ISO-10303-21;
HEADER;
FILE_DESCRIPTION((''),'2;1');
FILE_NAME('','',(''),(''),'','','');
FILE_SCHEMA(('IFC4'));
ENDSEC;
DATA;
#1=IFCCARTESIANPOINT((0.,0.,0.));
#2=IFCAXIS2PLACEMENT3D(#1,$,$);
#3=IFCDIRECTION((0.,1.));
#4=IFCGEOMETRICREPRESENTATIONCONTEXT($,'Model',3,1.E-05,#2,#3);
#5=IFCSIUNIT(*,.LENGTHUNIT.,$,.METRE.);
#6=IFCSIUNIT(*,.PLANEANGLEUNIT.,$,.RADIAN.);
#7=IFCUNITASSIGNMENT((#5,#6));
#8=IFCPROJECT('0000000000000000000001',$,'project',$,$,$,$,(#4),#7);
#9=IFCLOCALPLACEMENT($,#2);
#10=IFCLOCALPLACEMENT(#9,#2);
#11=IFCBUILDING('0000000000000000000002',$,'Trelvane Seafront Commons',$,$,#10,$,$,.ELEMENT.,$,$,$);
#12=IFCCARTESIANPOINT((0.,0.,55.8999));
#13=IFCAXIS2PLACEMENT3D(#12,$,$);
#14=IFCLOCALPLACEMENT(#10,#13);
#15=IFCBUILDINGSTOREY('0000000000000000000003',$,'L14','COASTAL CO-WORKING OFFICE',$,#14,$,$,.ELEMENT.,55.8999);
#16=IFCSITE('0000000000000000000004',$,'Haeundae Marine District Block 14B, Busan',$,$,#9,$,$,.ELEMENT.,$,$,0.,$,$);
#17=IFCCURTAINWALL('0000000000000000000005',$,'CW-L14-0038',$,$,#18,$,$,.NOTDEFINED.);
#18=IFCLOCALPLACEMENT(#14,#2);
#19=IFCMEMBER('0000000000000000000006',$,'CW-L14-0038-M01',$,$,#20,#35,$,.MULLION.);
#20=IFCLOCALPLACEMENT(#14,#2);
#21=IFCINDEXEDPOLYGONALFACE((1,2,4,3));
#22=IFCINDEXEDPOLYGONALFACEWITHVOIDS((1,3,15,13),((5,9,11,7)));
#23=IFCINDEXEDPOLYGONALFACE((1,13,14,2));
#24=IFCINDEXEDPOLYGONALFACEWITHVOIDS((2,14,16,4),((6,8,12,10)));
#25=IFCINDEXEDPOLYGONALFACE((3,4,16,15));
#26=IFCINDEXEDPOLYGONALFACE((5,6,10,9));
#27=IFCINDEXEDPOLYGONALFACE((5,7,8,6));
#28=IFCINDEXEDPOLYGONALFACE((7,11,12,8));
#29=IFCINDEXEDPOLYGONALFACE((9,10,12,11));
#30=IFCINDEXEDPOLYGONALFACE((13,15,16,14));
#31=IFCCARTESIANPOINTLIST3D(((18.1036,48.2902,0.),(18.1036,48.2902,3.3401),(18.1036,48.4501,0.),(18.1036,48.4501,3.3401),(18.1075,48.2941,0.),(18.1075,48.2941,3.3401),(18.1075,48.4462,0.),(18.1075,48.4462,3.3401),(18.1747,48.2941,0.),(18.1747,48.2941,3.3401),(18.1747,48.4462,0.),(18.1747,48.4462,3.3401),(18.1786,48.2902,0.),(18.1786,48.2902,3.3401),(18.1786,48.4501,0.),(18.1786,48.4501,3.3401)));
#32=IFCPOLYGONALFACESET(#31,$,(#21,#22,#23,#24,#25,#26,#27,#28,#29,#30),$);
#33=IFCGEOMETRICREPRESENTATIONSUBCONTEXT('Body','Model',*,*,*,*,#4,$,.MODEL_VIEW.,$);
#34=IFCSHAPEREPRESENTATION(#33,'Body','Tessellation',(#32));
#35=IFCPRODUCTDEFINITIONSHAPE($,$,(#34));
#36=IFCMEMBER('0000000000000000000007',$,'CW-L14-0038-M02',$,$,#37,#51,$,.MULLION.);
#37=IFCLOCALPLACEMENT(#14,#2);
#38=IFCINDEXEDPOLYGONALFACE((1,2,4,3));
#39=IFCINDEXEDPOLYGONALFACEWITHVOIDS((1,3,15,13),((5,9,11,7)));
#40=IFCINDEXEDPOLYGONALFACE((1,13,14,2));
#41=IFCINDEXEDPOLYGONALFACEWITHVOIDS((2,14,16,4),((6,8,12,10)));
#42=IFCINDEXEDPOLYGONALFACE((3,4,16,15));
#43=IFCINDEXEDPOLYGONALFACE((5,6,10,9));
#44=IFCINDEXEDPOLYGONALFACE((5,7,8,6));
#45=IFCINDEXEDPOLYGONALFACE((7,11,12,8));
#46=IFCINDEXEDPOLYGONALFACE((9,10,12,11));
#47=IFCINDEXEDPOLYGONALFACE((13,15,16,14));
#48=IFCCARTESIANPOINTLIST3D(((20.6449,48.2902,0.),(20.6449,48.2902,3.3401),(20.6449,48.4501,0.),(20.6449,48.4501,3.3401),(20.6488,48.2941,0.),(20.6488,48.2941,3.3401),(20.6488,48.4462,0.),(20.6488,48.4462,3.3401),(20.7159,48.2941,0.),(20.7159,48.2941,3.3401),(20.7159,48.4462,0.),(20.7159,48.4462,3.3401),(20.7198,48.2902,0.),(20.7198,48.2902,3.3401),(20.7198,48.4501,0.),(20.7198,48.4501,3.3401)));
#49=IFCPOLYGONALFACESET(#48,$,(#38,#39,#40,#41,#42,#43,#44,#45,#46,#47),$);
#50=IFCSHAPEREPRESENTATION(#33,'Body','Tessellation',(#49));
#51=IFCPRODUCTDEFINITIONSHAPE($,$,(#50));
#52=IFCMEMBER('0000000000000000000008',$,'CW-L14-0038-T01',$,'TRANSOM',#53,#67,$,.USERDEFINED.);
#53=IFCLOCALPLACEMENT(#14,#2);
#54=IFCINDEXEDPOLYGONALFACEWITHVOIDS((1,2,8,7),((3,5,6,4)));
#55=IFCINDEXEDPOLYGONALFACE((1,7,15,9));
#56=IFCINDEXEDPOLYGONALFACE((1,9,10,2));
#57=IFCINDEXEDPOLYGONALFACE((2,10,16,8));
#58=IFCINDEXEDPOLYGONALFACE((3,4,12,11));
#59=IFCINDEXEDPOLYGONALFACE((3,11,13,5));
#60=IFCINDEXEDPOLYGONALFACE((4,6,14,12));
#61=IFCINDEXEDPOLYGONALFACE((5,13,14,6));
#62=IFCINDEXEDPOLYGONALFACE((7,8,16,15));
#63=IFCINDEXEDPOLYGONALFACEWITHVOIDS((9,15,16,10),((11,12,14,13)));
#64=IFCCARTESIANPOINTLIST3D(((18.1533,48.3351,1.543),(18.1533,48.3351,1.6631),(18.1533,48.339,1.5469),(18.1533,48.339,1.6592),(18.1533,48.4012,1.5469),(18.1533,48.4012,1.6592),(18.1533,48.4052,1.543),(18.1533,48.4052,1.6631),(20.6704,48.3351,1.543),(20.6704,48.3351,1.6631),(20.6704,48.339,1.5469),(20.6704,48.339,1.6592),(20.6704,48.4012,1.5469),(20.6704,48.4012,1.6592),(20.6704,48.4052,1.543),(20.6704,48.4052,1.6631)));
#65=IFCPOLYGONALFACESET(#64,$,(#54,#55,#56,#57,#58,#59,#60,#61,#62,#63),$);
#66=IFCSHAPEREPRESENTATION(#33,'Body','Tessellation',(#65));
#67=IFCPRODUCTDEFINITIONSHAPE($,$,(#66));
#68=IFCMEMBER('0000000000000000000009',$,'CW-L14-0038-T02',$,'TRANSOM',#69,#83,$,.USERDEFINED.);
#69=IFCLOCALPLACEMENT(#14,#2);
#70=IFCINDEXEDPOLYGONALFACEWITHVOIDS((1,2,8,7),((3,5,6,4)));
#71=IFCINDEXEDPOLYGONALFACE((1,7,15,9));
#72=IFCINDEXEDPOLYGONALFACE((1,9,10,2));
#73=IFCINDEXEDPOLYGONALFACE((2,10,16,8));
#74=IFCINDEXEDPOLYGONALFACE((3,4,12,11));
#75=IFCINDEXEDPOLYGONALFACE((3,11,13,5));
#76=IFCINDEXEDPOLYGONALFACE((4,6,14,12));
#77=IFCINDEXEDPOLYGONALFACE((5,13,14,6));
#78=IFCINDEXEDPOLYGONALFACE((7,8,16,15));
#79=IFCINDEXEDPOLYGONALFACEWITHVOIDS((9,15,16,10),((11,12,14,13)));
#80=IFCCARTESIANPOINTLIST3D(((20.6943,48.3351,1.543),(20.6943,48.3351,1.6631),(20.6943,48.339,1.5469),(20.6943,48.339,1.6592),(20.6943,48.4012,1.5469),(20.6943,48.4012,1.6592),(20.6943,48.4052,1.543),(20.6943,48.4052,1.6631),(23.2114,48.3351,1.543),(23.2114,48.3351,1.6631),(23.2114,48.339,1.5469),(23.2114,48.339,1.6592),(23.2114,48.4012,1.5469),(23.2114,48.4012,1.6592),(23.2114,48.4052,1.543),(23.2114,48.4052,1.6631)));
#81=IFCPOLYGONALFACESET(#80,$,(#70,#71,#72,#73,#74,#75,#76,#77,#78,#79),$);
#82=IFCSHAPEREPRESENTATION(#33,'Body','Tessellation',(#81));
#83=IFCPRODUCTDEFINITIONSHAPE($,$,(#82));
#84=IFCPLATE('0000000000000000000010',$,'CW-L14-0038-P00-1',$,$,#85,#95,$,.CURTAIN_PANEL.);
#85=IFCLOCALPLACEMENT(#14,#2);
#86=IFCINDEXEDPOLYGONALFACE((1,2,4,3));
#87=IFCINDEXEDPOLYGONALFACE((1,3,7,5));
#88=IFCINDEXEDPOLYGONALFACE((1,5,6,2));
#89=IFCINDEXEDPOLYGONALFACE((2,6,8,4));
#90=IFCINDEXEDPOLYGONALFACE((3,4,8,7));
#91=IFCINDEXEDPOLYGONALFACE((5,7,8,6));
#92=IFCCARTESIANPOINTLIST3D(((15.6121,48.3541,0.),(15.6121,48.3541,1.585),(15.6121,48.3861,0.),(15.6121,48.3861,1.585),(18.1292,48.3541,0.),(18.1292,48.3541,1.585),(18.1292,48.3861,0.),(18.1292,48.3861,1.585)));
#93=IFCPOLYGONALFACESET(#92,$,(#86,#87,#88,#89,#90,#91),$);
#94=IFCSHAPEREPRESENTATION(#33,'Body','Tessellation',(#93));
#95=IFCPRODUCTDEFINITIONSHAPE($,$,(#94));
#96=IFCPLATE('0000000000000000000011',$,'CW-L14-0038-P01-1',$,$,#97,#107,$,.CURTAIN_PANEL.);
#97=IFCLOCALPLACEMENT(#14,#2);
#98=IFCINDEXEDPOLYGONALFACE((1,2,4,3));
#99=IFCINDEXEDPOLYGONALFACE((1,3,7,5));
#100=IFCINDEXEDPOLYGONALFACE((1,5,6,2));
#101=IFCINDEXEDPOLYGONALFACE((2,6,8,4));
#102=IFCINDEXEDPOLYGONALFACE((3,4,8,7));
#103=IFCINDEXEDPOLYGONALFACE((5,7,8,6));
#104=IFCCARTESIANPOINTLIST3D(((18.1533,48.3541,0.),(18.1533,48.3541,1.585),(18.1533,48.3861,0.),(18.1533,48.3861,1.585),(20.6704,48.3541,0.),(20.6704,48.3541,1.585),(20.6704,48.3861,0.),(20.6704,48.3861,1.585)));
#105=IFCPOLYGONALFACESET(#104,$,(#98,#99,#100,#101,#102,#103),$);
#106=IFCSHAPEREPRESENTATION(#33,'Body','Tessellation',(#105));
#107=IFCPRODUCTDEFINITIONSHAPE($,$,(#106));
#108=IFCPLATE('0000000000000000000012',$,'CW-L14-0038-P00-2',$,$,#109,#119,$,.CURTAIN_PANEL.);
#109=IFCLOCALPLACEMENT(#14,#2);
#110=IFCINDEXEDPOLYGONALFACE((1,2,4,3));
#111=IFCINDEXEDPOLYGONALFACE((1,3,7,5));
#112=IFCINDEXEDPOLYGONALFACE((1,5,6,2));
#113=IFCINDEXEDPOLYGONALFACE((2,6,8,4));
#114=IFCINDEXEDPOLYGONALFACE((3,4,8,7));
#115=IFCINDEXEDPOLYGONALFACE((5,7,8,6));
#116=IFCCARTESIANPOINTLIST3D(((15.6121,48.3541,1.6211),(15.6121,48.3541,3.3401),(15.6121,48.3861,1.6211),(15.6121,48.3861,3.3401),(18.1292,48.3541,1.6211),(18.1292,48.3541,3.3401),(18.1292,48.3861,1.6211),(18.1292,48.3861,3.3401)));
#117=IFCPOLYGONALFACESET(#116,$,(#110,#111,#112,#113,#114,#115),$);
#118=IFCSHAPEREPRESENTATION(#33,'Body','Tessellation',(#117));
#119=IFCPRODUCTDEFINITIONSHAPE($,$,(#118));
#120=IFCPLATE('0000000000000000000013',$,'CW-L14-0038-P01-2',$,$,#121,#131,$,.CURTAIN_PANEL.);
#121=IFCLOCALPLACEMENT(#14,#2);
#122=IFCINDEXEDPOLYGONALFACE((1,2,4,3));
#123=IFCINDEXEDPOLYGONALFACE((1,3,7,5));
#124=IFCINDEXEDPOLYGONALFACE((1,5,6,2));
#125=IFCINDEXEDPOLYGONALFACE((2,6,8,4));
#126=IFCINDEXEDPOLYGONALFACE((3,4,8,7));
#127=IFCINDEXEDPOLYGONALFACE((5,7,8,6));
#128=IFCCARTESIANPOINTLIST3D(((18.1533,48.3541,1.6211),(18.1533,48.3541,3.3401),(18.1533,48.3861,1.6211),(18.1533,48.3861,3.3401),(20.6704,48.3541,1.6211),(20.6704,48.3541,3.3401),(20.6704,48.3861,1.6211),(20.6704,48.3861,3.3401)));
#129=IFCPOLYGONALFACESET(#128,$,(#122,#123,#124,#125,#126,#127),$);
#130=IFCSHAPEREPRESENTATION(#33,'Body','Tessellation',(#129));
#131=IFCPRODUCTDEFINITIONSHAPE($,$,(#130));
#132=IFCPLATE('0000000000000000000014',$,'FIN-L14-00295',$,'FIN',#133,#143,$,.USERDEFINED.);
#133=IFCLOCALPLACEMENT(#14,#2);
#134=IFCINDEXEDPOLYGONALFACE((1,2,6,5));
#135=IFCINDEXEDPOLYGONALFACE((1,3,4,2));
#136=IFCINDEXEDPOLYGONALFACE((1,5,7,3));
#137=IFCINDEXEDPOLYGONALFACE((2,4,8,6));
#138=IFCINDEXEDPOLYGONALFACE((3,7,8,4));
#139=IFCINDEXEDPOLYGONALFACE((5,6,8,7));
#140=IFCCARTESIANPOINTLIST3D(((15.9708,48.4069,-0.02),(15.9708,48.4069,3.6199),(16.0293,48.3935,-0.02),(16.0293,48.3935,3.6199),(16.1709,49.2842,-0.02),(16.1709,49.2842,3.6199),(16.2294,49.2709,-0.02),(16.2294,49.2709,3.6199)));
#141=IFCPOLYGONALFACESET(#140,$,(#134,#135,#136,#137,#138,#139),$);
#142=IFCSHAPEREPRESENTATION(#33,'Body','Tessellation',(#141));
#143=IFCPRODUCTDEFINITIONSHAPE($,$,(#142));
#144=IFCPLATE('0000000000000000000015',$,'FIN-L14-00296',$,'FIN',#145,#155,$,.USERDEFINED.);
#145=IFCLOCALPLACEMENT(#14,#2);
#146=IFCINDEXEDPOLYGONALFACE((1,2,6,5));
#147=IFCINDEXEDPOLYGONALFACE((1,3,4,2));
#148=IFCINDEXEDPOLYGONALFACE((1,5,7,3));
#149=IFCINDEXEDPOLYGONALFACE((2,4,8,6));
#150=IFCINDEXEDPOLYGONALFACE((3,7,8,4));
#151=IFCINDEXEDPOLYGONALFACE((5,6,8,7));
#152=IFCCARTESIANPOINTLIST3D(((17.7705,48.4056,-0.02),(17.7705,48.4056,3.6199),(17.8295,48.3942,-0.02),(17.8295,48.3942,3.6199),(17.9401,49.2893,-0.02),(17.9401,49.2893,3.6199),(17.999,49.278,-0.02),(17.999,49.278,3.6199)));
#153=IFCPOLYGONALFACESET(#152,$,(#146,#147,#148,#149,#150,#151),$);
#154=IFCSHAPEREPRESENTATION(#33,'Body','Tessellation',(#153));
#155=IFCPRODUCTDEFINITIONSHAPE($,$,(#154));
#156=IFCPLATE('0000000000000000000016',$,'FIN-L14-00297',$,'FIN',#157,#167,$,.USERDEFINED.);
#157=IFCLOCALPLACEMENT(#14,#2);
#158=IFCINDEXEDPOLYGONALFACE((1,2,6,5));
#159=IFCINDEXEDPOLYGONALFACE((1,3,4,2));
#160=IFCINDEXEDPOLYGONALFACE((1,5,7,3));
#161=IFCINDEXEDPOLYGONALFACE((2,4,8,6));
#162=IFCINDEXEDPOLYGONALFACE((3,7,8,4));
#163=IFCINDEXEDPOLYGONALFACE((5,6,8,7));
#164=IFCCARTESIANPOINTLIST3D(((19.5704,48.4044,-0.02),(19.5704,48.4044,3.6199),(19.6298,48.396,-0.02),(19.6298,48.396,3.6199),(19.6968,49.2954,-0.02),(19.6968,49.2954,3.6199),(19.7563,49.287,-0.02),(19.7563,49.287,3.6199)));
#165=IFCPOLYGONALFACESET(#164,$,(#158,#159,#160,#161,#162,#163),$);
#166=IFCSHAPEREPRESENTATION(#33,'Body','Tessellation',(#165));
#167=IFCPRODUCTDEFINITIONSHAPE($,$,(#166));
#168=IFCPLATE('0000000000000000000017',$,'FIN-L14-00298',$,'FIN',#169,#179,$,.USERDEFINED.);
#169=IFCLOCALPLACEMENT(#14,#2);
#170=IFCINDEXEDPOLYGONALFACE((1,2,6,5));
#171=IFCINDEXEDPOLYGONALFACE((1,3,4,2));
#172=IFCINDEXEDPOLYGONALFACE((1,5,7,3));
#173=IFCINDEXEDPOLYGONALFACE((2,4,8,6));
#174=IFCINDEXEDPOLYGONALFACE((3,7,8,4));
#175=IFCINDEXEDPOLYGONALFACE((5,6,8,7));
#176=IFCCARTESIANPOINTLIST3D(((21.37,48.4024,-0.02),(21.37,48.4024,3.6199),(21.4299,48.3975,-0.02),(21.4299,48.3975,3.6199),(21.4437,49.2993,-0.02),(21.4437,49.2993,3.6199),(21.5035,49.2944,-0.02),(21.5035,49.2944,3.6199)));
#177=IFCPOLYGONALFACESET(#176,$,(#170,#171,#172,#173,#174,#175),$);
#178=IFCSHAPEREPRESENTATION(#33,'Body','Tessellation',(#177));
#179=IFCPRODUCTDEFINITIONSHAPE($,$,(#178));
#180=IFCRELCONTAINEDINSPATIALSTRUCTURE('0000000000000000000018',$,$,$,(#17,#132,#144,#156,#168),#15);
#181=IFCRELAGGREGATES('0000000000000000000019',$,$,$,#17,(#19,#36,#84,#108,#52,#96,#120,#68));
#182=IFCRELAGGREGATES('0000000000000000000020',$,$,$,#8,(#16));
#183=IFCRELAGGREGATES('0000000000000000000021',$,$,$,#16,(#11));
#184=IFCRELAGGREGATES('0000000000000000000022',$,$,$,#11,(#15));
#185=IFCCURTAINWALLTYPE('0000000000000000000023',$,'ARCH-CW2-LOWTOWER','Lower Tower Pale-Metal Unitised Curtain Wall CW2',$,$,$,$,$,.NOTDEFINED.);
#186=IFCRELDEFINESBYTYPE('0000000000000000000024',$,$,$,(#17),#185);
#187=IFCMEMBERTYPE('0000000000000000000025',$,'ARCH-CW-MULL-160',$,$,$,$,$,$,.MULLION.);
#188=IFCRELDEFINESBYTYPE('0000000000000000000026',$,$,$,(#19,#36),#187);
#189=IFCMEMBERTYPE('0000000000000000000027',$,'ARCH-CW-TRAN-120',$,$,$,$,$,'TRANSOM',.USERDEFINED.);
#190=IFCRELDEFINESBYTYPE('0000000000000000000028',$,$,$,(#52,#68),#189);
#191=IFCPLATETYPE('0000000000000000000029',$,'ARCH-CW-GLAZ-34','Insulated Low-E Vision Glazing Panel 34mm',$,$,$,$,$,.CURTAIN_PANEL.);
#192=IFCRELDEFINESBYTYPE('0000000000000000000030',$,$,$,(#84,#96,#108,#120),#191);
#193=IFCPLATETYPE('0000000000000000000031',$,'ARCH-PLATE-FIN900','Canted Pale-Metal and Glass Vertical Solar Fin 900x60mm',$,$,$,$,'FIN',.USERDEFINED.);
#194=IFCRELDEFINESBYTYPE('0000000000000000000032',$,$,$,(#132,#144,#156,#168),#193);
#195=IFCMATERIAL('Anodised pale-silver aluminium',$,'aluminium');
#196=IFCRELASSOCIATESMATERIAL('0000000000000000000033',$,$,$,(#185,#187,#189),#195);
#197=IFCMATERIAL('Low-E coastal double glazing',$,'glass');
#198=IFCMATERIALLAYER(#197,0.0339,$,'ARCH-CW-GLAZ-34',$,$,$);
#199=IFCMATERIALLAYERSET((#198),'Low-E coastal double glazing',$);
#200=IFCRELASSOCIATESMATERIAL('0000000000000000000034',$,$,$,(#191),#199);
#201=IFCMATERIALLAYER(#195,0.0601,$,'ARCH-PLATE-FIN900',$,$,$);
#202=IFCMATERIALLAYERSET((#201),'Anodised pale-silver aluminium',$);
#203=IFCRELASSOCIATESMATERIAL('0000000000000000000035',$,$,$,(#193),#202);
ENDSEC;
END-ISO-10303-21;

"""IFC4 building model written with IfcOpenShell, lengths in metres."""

from ifc_helpers import new_model, si_unit, direction, frame, origin, origin_2d, place, context, subcontext, project, spatial, rectangle, hollow_rectangle, extrude, source, transform, mapped, material, layer, layer_set, material_profile, profile_set, type_object, element, aggregate, save


model = new_model("IFC4")

# Units and contexts
model_context = context("Model", 3, precision=1e-05, world=origin(), true_north=direction((0.0, 1.0)))
body_context = subcontext(model_context, "Body", "Model", "MODEL_VIEW")
ifc_project = project(units=[si_unit("LENGTHUNIT", "METRE"), si_unit("PLANEANGLEUNIT", "RADIAN")], contexts=[model_context])

# Site, building, storey
site_placement = place(None, origin())
site = spatial("IfcSite", under=ifc_project, at=site_placement, Name="Haeundae Marine District Block 14B, Busan", CompositionType="ELEMENT", RefElevation=0.0)
building_placement = place(site_placement, origin())
building = spatial("IfcBuilding", under=site, at=building_placement, Name="Trelvane Seafront Commons", CompositionType="ELEMENT")
storey_placement = place(building_placement, frame((0.0, 0.0, 55.8999)))
storey = spatial("IfcBuildingStorey", under=building, at=storey_placement, Name="L14", Description="COASTAL CO-WORKING OFFICE", CompositionType="ELEMENT", Elevation=55.8999)

# Curtain wall, members, plates
ifc_material_1 = material(Name="Anodised pale-silver aluminium", Category="aluminium")
curtain_wall_type = type_object("IfcCurtainWallType", Name="ARCH-CW2-LOWTOWER", Description="Lower Tower Pale-Metal Unitised Curtain Wall CW2", PredefinedType="NOTDEFINED", material=ifc_material_1)
curtain_wall_placement = place(storey_placement, origin())
curtain_wall = element("IfcCurtainWall", 1, at=curtain_wall_placement, inside=storey, type_object=curtain_wall_type, Name="CW-L14-0038", PredefinedType="NOTDEFINED")
ifc_material_profile_1 = material_profile(ifc_material_1, hollow_rectangle(XDim=0.075, YDim=0.1599, WallThickness=0.0039, at=origin_2d()), Name="MULL-75x160x4")
ifc_profile_set_1 = profile_set([ifc_material_profile_1], Name="Anodised pale-silver aluminium")
member_type_1 = type_object("IfcMemberType", Name="ARCH-CW-MULL-160", PredefinedType="MULLION", material=ifc_profile_set_1)
shared_shape_1 = source(origin(), body_context, "Body", "SweptSolid", [
    extrude(hollow_rectangle(XDim=0.075, YDim=0.1599, WallThickness=0.0039, at=origin_2d()), origin(), (0.0, 0.0, 1.0), 3.3401),
])
member_1_placement = place(storey_placement, frame((18.1411, 48.3701, 0.0), z_axis=(0.0, 0.0, 1.0), x_axis=(1.0, 0.0, 0.0)))
member_1 = element("IfcMember", 2, at=member_1_placement, type_object=member_type_1, Name="CW-L14-0038-M01", PredefinedType="MULLION", context=body_context, shape_type="MappedRepresentation", body=[
    mapped(shared_shape_1, transform((0.0, 0.0, 0.0), x_axis=(1.0, 0.0, 0.0), y_axis=(0.0, 1.0, 0.0), z_axis=(0.0, 0.0, 1.0), scale=1.0)),
])
member_2_placement = place(storey_placement, frame((20.6824, 48.3701, 0.0), z_axis=(0.0, 0.0, 1.0), x_axis=(1.0, 0.0, 0.0)))
member_2 = element("IfcMember", 3, at=member_2_placement, type_object=member_type_1, Name="CW-L14-0038-M02", PredefinedType="MULLION", context=body_context, shape_type="MappedRepresentation", body=[
    mapped(shared_shape_1, transform((0.0, 0.0, 0.0), x_axis=(1.0, 0.0, 0.0), y_axis=(0.0, 1.0, 0.0), z_axis=(0.0, 0.0, 1.0), scale=1.0)),
])
ifc_material_profile_2 = material_profile(ifc_material_1, hollow_rectangle(XDim=0.0701, YDim=0.1201, WallThickness=0.0039, at=origin_2d()), Name="TRAN-70x120x4")
ifc_profile_set_2 = profile_set([ifc_material_profile_2], Name="Anodised pale-silver aluminium")
member_type_2 = type_object("IfcMemberType", Name="ARCH-CW-TRAN-120", ElementType="TRANSOM", PredefinedType="USERDEFINED", material=ifc_profile_set_2)
shared_shape_2 = source(origin(), body_context, "Body", "SweptSolid", [
    extrude(hollow_rectangle(XDim=0.0701, YDim=0.1201, WallThickness=0.0039, at=origin_2d()), origin(), (0.0, 0.0, 1.0), 2.5171),
])
member_3_placement = place(storey_placement, frame((18.1533, 48.3701, 1.603), z_axis=(1.0, 0.0, 0.0), x_axis=(0.0, 1.0, 0.0)))
member_3 = element("IfcMember", 4, at=member_3_placement, type_object=member_type_2, Name="CW-L14-0038-T01", ObjectType="TRANSOM", PredefinedType="USERDEFINED", context=body_context, shape_type="MappedRepresentation", body=[
    mapped(shared_shape_2, transform((0.0, 0.0, 0.0), x_axis=(1.0, 0.0, 0.0), y_axis=(0.0, 1.0, 0.0), z_axis=(0.0, 0.0, 1.0), scale=1.0)),
])
member_4_placement = place(storey_placement, frame((20.6943, 48.3701, 1.603), z_axis=(1.0, 0.0, 0.0), x_axis=(0.0, 1.0, 0.0)))
member_4 = element("IfcMember", 5, at=member_4_placement, type_object=member_type_2, Name="CW-L14-0038-T02", ObjectType="TRANSOM", PredefinedType="USERDEFINED", context=body_context, shape_type="MappedRepresentation", body=[
    mapped(shared_shape_2, transform((0.0, 0.0, 0.0), x_axis=(1.0, 0.0, 0.0), y_axis=(0.0, 1.0, 0.0), z_axis=(0.0, 0.0, 1.0), scale=1.0)),
])
ifc_material_2 = material(Name="Low-E coastal double glazing", Category="glass")
ifc_layer_1 = layer(ifc_material_2, 0.0339, Name="ARCH-CW-GLAZ-34")
ifc_layer_set_1 = layer_set([ifc_layer_1], Name="Low-E coastal double glazing")
plate_type_1 = type_object("IfcPlateType", Name="ARCH-CW-GLAZ-34", Description="Insulated Low-E Vision Glazing Panel 34mm", PredefinedType="CURTAIN_PANEL", material=ifc_layer_set_1)
shared_shape_3 = source(origin(), body_context, "Body", "SweptSolid", [
    extrude(rectangle(XDim=2.5171, YDim=0.032, at=origin_2d()), origin(), (0.0, 0.0, 1.0), 1.585),
])
plate_1_placement = place(storey_placement, frame((16.8706, 48.3701, 0.0), z_axis=(0.0, 0.0, 1.0), x_axis=(1.0, 0.0, 0.0)))
plate_1 = element("IfcPlate", 6, at=plate_1_placement, type_object=plate_type_1, Name="CW-L14-0038-P00-1", PredefinedType="CURTAIN_PANEL", context=body_context, shape_type="MappedRepresentation", body=[
    mapped(shared_shape_3, transform((0.0, 0.0, 0.0), x_axis=(1.0, 0.0, 0.0), y_axis=(0.0, 1.0, 0.0), z_axis=(0.0, 0.0, 1.0), scale=1.0)),
])
plate_2_placement = place(storey_placement, frame((19.4119, 48.3701, 0.0), z_axis=(0.0, 0.0, 1.0), x_axis=(1.0, 0.0, 0.0)))
plate_2 = element("IfcPlate", 7, at=plate_2_placement, type_object=plate_type_1, Name="CW-L14-0038-P01-1", PredefinedType="CURTAIN_PANEL", context=body_context, shape_type="MappedRepresentation", body=[
    mapped(shared_shape_3, transform((0.0, 0.0, 0.0), x_axis=(1.0, 0.0, 0.0), y_axis=(0.0, 1.0, 0.0), z_axis=(0.0, 0.0, 1.0), scale=1.0)),
])
shared_shape_4 = source(origin(), body_context, "Body", "SweptSolid", [
    extrude(rectangle(XDim=2.5171, YDim=0.032, at=origin_2d()), origin(), (0.0, 0.0, 1.0), 1.719),
])
plate_3_placement = place(storey_placement, frame((16.8706, 48.3701, 1.6211), z_axis=(0.0, 0.0, 1.0), x_axis=(1.0, 0.0, 0.0)))
plate_3 = element("IfcPlate", 8, at=plate_3_placement, type_object=plate_type_1, Name="CW-L14-0038-P00-2", PredefinedType="CURTAIN_PANEL", context=body_context, shape_type="MappedRepresentation", body=[
    mapped(shared_shape_4, transform((0.0, 0.0, 0.0), x_axis=(1.0, 0.0, 0.0), y_axis=(0.0, 1.0, 0.0), z_axis=(0.0, 0.0, 1.0), scale=1.0)),
])
plate_4_placement = place(storey_placement, frame((19.4119, 48.3701, 1.6211), z_axis=(0.0, 0.0, 1.0), x_axis=(1.0, 0.0, 0.0)))
plate_4 = element("IfcPlate", 9, at=plate_4_placement, type_object=plate_type_1, Name="CW-L14-0038-P01-2", PredefinedType="CURTAIN_PANEL", context=body_context, shape_type="MappedRepresentation", body=[
    mapped(shared_shape_4, transform((0.0, 0.0, 0.0), x_axis=(1.0, 0.0, 0.0), y_axis=(0.0, 1.0, 0.0), z_axis=(0.0, 0.0, 1.0), scale=1.0)),
])
aggregate(curtain_wall, [member_1, member_2, plate_1, plate_3, member_3, plate_2, plate_4, member_4])

# Plates
ifc_layer_2 = layer(ifc_material_1, 0.0601, Name="ARCH-PLATE-FIN900")
ifc_layer_set_2 = layer_set([ifc_layer_2], Name="Anodised pale-silver aluminium")
plate_type_2 = type_object("IfcPlateType", Name="ARCH-PLATE-FIN900", Description="Canted Pale-Metal and Glass Vertical Solar Fin 900x60mm", ElementType="FIN", PredefinedType="USERDEFINED", material=ifc_layer_set_2)
shared_shape_5 = source(origin(), body_context, "Body", "SweptSolid", [
    extrude(rectangle(XDim=0.8999, YDim=0.0601, at=origin_2d()), origin(), (0.0, 0.0, 1.0), 3.6399),
])
for number, where, z_axis, x_axis, name in (
    (10, (16.1001, 48.8389, -0.02), (0.0, 0.0, 1.0), (0.222326, 0.974972, 0.0), "FIN-L14-00295"),
    (11, (17.8848, 48.8418, -0.02), (0.0, 0.0, 1.0), (0.188439, 0.982085, 0.0), "FIN-L14-00296"),
    (12, (19.6633, 48.8457, -0.02), (0.0, 0.0, 1.0), (0.14055, 0.990074, 0.0), "FIN-L14-00297"),
    (13, (21.4368, 48.8484, -0.02), (0.0, 0.0, 1.0), (0.081886, 0.996642, 0.0), "FIN-L14-00298"),
):
    element("IfcPlate", number, at=place(storey_placement, frame(where, z_axis=z_axis, x_axis=x_axis)), inside=storey, type_object=plate_type_2, Name=name, ObjectType="FIN", PredefinedType="USERDEFINED", context=body_context, shape_type="MappedRepresentation", body=[
        mapped(shared_shape_5, transform((0.0, 0.0, 0.0), x_axis=(1.0, 0.0, 0.0), y_axis=(0.0, 1.0, 0.0), z_axis=(0.0, 0.0, 1.0), scale=1.0)),
    ])

save(model, "model.ifc")
